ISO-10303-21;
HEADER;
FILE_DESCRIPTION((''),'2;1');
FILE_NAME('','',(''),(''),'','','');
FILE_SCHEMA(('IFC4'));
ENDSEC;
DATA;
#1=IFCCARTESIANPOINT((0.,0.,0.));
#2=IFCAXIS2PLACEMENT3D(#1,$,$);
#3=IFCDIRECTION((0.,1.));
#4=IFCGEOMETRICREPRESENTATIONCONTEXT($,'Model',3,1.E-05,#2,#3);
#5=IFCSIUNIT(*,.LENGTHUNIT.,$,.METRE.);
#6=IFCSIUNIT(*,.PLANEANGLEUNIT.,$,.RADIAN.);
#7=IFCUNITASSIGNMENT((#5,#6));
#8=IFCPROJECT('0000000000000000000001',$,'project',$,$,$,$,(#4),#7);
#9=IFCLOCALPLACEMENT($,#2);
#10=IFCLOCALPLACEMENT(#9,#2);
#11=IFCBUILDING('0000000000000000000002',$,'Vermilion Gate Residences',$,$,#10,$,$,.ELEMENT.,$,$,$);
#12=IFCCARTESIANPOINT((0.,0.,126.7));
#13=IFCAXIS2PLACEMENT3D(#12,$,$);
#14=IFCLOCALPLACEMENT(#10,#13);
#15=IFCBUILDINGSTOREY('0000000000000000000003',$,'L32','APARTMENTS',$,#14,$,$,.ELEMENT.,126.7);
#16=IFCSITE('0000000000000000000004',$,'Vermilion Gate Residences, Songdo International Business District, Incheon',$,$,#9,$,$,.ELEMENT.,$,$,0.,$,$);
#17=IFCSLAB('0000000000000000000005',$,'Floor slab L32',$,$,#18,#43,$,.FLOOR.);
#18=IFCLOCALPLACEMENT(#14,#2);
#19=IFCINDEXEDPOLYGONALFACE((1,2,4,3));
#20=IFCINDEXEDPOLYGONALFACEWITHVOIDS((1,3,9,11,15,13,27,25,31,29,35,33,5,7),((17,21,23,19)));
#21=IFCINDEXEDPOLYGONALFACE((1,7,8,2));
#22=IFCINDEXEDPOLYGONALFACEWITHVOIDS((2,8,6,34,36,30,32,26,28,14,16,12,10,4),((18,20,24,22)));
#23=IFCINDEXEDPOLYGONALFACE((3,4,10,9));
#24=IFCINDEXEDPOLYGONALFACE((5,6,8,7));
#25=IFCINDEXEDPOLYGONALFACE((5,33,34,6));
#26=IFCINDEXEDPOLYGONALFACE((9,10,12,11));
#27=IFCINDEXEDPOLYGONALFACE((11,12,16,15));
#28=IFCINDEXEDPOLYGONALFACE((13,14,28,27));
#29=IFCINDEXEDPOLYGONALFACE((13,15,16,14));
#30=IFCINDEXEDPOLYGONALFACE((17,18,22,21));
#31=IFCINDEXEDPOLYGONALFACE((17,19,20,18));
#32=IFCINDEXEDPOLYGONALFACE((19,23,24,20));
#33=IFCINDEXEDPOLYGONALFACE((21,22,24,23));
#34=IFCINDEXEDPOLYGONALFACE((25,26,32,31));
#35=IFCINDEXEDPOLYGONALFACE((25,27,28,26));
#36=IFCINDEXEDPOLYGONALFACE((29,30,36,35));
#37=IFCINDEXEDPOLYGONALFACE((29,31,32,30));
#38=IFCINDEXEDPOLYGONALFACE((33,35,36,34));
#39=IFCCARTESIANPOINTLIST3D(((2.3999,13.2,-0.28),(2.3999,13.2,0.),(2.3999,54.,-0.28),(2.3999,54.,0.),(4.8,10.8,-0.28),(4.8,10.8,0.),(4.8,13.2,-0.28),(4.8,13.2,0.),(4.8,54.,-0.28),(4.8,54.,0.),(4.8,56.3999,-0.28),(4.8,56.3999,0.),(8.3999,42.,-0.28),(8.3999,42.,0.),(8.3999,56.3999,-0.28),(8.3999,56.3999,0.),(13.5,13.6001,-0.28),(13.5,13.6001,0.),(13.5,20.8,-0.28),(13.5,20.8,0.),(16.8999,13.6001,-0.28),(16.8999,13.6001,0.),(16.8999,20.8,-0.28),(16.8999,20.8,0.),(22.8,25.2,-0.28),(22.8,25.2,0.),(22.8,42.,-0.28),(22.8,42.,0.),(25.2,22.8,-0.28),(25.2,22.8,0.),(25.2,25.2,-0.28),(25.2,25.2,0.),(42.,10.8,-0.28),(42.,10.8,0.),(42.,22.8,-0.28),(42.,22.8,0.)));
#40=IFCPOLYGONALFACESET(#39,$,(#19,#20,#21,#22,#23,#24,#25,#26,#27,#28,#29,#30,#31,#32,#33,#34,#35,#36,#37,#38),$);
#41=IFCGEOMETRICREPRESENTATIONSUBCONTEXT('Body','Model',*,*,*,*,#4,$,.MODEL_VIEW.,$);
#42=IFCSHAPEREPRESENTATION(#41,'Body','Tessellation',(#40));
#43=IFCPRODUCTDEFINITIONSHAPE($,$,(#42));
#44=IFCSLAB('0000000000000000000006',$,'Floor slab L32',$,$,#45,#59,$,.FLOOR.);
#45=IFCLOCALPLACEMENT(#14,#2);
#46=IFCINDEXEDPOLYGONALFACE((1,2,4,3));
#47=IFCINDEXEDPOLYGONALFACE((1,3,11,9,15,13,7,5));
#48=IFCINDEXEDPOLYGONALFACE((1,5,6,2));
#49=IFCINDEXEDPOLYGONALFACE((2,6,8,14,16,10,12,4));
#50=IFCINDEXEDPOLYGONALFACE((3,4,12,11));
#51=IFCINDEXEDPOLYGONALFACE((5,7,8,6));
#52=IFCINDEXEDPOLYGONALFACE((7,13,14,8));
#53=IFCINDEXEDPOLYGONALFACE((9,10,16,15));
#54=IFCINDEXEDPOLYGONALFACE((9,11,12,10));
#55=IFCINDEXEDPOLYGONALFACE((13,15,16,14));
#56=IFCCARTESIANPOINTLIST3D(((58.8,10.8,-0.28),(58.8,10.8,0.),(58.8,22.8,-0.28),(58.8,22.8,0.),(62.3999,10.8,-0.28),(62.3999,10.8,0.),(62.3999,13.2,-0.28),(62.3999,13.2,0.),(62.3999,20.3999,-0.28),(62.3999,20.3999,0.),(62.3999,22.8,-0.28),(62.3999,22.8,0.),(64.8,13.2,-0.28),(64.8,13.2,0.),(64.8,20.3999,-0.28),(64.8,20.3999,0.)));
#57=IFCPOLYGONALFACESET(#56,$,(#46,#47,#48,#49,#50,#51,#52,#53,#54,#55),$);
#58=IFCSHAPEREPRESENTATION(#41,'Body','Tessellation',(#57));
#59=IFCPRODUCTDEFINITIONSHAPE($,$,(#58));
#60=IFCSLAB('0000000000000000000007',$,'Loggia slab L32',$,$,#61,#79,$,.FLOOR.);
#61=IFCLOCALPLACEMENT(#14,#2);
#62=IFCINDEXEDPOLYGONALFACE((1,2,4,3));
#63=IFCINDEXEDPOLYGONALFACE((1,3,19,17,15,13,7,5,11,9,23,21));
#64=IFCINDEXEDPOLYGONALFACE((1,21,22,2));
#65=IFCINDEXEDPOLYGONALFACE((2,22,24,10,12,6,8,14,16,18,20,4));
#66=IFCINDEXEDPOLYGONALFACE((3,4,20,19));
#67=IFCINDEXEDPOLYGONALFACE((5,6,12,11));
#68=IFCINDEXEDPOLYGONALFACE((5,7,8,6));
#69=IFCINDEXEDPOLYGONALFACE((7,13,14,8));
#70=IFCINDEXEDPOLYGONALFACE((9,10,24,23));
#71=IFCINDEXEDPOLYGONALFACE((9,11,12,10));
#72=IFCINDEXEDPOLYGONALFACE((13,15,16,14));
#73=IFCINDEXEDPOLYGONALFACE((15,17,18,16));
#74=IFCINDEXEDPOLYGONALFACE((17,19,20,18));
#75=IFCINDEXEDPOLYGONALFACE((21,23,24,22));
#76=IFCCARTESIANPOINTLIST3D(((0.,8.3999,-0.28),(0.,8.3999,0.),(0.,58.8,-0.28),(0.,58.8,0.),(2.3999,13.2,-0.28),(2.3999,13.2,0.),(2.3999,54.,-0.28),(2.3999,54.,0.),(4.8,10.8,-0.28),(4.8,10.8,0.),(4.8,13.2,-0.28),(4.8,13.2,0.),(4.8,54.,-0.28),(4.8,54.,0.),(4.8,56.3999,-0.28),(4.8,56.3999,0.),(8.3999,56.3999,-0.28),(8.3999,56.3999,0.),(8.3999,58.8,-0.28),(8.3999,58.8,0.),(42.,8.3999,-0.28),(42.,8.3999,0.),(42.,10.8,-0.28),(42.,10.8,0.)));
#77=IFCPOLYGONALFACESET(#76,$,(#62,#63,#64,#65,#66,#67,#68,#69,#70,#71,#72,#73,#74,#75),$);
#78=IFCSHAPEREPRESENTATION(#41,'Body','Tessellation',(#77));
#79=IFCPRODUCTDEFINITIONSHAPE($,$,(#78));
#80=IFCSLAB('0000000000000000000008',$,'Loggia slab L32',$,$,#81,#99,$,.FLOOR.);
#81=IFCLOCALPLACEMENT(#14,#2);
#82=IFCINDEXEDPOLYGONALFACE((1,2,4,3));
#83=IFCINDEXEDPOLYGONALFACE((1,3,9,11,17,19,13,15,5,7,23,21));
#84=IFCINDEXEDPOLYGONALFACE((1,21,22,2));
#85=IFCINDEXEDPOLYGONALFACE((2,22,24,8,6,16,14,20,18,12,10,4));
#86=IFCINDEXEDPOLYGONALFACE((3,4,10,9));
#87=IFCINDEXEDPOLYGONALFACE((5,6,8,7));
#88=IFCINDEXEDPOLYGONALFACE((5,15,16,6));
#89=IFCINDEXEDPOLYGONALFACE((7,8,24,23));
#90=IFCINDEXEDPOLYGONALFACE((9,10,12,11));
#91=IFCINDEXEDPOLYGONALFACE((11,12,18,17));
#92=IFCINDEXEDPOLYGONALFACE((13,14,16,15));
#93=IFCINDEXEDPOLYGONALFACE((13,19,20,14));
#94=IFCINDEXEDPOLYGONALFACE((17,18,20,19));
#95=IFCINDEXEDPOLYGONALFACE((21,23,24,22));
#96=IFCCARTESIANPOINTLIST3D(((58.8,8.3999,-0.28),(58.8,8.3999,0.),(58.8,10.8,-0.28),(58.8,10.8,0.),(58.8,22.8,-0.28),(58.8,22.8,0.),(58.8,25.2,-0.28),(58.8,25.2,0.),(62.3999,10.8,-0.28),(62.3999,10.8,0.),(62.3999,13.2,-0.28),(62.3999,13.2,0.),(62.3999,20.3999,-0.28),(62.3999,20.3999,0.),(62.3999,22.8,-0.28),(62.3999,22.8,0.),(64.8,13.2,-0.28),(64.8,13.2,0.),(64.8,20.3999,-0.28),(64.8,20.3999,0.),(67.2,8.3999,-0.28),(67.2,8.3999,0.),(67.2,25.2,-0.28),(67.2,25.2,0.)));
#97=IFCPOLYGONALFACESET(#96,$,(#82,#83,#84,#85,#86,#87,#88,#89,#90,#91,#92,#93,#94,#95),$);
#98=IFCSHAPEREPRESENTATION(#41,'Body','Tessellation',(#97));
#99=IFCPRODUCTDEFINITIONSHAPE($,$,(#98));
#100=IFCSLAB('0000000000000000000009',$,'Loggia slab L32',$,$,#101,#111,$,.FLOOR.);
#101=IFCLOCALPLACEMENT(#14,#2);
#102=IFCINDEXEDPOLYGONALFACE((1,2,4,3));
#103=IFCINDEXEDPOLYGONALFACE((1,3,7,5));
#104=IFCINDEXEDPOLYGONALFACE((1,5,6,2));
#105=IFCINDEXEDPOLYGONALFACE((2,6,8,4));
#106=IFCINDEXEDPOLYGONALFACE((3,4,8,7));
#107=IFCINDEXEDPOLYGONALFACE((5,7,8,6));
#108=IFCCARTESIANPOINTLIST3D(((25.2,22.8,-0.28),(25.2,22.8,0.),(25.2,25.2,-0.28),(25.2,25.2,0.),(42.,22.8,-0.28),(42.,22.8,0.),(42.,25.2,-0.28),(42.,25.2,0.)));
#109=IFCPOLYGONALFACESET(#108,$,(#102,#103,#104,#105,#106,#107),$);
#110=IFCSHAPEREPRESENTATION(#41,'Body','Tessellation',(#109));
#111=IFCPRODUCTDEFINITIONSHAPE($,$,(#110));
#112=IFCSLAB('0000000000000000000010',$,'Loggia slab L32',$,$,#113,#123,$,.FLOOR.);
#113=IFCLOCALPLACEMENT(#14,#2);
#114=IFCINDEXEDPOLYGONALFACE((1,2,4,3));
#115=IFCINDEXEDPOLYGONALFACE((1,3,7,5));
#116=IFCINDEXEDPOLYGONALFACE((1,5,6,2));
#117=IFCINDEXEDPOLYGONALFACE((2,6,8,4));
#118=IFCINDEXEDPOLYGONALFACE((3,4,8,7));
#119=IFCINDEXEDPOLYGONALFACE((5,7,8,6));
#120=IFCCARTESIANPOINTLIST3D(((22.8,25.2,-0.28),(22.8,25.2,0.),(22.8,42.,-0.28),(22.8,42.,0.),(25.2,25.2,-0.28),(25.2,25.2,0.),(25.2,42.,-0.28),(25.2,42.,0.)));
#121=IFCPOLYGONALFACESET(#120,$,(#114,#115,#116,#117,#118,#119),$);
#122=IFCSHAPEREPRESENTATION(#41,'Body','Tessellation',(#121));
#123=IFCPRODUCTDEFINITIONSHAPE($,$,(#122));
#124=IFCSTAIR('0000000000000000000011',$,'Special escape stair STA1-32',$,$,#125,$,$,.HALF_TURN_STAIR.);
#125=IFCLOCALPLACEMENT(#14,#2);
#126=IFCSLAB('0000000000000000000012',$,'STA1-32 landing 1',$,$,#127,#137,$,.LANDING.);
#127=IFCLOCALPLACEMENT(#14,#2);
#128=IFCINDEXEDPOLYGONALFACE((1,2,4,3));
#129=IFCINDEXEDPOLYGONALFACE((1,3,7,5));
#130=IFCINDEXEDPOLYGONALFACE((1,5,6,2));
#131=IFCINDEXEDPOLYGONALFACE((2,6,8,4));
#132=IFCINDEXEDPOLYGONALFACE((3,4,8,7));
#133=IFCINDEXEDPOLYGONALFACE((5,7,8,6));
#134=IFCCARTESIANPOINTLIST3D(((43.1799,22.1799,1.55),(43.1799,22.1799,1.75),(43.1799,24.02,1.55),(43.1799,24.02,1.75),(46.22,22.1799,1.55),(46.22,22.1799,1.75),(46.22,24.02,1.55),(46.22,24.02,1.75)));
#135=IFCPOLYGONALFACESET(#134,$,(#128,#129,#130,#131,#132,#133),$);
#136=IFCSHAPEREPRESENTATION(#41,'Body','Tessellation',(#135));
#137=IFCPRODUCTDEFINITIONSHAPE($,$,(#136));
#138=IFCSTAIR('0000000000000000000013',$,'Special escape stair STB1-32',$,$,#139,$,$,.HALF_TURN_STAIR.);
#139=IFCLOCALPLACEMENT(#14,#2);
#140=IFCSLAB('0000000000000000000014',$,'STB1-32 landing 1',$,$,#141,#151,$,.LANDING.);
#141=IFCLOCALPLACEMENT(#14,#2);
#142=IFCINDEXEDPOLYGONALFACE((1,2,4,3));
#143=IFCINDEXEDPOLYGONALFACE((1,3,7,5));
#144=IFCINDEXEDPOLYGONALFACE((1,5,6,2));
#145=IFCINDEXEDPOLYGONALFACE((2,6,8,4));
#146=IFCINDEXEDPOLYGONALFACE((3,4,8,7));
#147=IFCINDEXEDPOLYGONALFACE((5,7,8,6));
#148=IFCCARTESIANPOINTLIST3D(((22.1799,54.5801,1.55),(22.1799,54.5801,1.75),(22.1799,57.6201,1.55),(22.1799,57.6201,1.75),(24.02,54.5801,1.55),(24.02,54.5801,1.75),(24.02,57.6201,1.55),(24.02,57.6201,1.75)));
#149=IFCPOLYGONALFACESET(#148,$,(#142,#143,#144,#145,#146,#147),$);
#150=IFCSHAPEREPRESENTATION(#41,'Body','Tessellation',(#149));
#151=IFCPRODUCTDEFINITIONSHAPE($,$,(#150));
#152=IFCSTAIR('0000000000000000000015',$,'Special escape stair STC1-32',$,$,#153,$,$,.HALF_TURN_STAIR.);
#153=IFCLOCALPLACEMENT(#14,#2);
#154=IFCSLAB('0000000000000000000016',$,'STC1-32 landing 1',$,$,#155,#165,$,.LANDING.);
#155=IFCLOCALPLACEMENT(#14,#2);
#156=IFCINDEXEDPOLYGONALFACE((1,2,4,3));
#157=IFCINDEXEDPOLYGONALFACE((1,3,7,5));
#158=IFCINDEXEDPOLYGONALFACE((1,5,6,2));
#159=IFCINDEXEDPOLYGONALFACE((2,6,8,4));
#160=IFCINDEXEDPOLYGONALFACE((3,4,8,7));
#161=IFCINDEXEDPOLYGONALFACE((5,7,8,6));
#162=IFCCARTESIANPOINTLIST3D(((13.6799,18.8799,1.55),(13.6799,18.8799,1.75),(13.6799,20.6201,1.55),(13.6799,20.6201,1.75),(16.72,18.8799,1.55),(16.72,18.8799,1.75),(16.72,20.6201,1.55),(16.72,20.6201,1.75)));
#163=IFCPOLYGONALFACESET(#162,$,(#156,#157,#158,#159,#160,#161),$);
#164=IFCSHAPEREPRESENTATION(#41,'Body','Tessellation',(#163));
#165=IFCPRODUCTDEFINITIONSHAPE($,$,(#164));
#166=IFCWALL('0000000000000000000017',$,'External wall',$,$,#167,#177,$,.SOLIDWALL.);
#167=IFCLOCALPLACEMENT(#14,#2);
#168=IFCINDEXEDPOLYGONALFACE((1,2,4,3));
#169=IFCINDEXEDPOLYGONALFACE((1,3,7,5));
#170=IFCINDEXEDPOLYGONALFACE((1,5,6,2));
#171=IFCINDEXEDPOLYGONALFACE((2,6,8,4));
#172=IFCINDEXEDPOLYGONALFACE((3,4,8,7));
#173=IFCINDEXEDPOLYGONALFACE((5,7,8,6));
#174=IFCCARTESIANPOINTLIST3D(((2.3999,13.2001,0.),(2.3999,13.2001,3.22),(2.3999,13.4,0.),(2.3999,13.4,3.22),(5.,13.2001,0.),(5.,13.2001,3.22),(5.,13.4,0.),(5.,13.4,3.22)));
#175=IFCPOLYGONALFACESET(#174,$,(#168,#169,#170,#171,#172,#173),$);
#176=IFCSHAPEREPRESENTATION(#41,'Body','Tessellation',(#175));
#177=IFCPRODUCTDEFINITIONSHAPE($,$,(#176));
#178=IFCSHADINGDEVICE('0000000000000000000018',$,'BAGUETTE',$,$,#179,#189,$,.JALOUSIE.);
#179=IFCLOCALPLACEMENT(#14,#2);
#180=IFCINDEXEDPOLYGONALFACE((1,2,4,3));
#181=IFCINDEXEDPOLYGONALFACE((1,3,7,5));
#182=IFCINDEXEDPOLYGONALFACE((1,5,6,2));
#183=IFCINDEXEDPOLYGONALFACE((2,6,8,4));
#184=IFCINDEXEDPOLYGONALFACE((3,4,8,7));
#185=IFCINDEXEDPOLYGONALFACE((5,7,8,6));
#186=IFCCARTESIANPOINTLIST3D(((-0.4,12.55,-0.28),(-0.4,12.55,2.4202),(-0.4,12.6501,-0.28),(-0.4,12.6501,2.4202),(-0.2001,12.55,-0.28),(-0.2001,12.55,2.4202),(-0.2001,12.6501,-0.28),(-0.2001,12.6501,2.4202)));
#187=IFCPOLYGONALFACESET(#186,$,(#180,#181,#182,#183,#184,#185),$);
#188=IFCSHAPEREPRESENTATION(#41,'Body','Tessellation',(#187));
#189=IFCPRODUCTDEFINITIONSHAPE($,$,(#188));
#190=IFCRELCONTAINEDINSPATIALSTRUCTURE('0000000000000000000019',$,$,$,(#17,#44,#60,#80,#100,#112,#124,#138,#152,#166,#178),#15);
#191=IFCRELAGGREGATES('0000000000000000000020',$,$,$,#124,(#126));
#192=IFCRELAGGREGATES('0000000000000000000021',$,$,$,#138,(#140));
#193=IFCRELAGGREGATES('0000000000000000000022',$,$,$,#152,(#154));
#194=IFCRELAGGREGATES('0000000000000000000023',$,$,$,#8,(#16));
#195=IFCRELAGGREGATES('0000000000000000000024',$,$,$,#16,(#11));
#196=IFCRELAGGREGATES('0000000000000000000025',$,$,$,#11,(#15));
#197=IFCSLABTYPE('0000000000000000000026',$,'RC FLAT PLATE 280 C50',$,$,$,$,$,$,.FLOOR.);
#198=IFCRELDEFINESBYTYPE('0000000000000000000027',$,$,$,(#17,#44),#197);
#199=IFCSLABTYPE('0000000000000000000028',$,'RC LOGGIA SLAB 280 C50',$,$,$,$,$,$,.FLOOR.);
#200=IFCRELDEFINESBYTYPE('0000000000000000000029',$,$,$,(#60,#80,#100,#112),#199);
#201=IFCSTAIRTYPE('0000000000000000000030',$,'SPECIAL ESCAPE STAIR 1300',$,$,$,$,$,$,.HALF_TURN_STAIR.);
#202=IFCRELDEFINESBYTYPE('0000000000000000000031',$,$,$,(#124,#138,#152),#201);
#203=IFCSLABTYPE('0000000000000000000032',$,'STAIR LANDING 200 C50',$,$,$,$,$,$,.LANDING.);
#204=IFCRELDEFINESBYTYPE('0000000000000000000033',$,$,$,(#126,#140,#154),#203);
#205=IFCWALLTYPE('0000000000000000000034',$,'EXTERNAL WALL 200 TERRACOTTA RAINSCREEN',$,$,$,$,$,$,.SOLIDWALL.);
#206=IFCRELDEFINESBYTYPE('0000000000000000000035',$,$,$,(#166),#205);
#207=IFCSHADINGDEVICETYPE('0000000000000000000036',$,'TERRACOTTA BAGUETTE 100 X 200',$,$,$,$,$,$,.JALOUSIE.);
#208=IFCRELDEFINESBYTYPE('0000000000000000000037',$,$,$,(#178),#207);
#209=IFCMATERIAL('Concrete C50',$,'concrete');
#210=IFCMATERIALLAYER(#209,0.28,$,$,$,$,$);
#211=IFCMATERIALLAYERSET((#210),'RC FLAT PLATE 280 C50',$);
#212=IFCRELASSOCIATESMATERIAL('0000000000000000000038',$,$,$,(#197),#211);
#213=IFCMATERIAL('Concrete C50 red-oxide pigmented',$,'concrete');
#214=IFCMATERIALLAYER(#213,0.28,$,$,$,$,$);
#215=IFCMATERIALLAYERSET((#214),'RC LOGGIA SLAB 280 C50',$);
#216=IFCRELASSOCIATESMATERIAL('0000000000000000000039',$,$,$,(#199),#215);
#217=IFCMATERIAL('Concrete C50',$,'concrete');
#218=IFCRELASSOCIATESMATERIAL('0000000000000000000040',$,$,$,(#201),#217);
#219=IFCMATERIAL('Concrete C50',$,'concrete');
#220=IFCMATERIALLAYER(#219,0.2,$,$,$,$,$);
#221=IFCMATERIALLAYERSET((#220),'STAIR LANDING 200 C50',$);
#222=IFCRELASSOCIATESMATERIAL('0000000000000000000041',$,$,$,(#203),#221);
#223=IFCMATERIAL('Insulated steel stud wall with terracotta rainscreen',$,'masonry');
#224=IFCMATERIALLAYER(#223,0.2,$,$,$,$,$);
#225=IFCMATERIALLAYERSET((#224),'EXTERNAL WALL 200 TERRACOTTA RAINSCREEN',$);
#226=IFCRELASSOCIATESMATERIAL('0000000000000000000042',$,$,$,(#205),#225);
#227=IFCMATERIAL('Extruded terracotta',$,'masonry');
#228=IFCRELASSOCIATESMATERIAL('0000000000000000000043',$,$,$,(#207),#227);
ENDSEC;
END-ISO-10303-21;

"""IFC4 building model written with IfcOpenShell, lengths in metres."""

from ifc_helpers import new_model, si_unit, direction, frame, frame_2d, origin, origin_2d, place, context, subcontext, project, spatial, polyline, rectangle, outline, extrude, material, layer, layer_set, material_profile, profile_set, type_object, element, aggregate, save


model = new_model("IFC4")

# Units and contexts
model_context = context("Model", 3, precision=1e-05, world=origin(), true_north=direction((0.0, 1.0)))
body_context = subcontext(model_context, "Body", "Model", "MODEL_VIEW")
ifc_project = project(units=[si_unit("LENGTHUNIT", "METRE"), si_unit("PLANEANGLEUNIT", "RADIAN")], contexts=[model_context])

# Site, building, storey
site_placement = place(None, origin())
site = spatial("IfcSite", under=ifc_project, at=site_placement, Name="Vermilion Gate Residences, Songdo International Business District, Incheon", CompositionType="ELEMENT", RefElevation=0.0)
building_placement = place(site_placement, origin())
building = spatial("IfcBuilding", under=site, at=building_placement, Name="Vermilion Gate Residences", CompositionType="ELEMENT")
storey_placement = place(building_placement, frame((0.0, 0.0, 126.7)))
storey = spatial("IfcBuildingStorey", under=building, at=storey_placement, Name="L32", Description="APARTMENTS", CompositionType="ELEMENT", Elevation=126.7)

# Slabs
ifc_material_1 = material(Name="Concrete C50", Category="concrete")
ifc_layer_1 = layer(ifc_material_1, 0.28)
ifc_layer_set_1 = layer_set([ifc_layer_1], Name="RC FLAT PLATE 280 C50")
slab_type_1 = type_object("IfcSlabType", Name="RC FLAT PLATE 280 C50", PredefinedType="FLOOR", material=ifc_layer_set_1)
slab_1_placement = place(storey_placement, frame((0.0, 0.0, -0.28)))
element("IfcSlab", 1, at=slab_1_placement, inside=storey, type_object=slab_type_1, Name="Floor slab L32", PredefinedType="FLOOR", context=body_context, shape_type="SweptSolid", body=[
    extrude(outline(polyline([(22.8, 25.2), (22.8, 42.0), (8.3999, 42.0), (8.3999, 56.3999), (4.8, 56.3999), (4.8, 54.0), (2.3999, 54.0), (2.3999, 13.2), (4.8, 13.2), (4.8, 10.8), (42.0, 10.8), (42.0, 22.8), (25.2, 22.8), (25.2, 25.2), (22.8, 25.2)]), holes=[polyline([(13.5, 13.6001), (13.5, 20.8), (16.8999, 20.8), (16.8999, 13.6001), (13.5, 13.6001)])]), origin(), (0.0, 0.0, 1.0), 0.28),
])
slab_2_placement = place(storey_placement, frame((0.0, 0.0, -0.28)))
element("IfcSlab", 2, at=slab_2_placement, inside=storey, type_object=slab_type_1, Name="Floor slab L32", PredefinedType="FLOOR", context=body_context, shape_type="SweptSolid", body=[
    extrude(outline(polyline([(58.8, 22.8), (58.8, 10.8), (62.3999, 10.8), (62.3999, 13.2), (64.8, 13.2), (64.8, 20.3999), (62.3999, 20.3999), (62.3999, 22.8), (58.8, 22.8)])), origin(), (0.0, 0.0, 1.0), 0.28),
])
ifc_material_2 = material(Name="Concrete C50 red-oxide pigmented", Category="concrete")
ifc_layer_2 = layer(ifc_material_2, 0.28)
ifc_layer_set_2 = layer_set([ifc_layer_2], Name="RC LOGGIA SLAB 280 C50")
slab_type_2 = type_object("IfcSlabType", Name="RC LOGGIA SLAB 280 C50", PredefinedType="FLOOR", material=ifc_layer_set_2)
slab_3_placement = place(storey_placement, frame((0.0, 0.0, -0.28)))
element("IfcSlab", 3, at=slab_3_placement, inside=storey, type_object=slab_type_2, Name="Loggia slab L32", PredefinedType="FLOOR", context=body_context, shape_type="SweptSolid", body=[
    extrude(outline(polyline([(0.0, 58.8), (0.0, 8.3999), (42.0, 8.3999), (42.0, 10.8), (4.8, 10.8), (4.8, 13.2), (2.3999, 13.2), (2.3999, 54.0), (4.8, 54.0), (4.8, 56.3999), (8.3999, 56.3999), (8.3999, 58.8), (0.0, 58.8)])), origin(), (0.0, 0.0, 1.0), 0.28),
])
slab_4_placement = place(storey_placement, frame((0.0, 0.0, -0.28)))
element("IfcSlab", 4, at=slab_4_placement, inside=storey, type_object=slab_type_2, Name="Loggia slab L32", PredefinedType="FLOOR", context=body_context, shape_type="SweptSolid", body=[
    extrude(outline(polyline([(64.8, 20.3999), (64.8, 13.2), (62.3999, 13.2), (62.3999, 10.8), (58.8, 10.8), (58.8, 8.3999), (67.2, 8.3999), (67.2, 25.2), (58.8, 25.2), (58.8, 22.8), (62.3999, 22.8), (62.3999, 20.3999), (64.8, 20.3999)])), origin(), (0.0, 0.0, 1.0), 0.28),
])
slab_5_placement = place(storey_placement, frame((0.0, 0.0, -0.28)))
element("IfcSlab", 5, at=slab_5_placement, inside=storey, type_object=slab_type_2, Name="Loggia slab L32", PredefinedType="FLOOR", context=body_context, shape_type="SweptSolid", body=[
    extrude(outline(polyline([(25.2, 22.8), (42.0, 22.8), (42.0, 25.2), (25.2, 25.2), (25.2, 22.8)])), origin(), (0.0, 0.0, 1.0), 0.28),
])
slab_6_placement = place(storey_placement, frame((0.0, 0.0, -0.28)))
element("IfcSlab", 6, at=slab_6_placement, inside=storey, type_object=slab_type_2, Name="Loggia slab L32", PredefinedType="FLOOR", context=body_context, shape_type="SweptSolid", body=[
    extrude(outline(polyline([(25.2, 25.2), (25.2, 42.0), (22.8, 42.0), (22.8, 25.2), (25.2, 25.2)])), origin(), (0.0, 0.0, 1.0), 0.28),
])

# Stairs, slabs
ifc_material_3 = material(Name="Concrete C50", Category="concrete")
stair_type = type_object("IfcStairType", Name="SPECIAL ESCAPE STAIR 1300", PredefinedType="HALF_TURN_STAIR", material=ifc_material_3)
stair_1_placement = place(storey_placement, origin())
stair_1 = element("IfcStair", 7, at=stair_1_placement, inside=storey, type_object=stair_type, Name="Special escape stair STA1-32", PredefinedType="HALF_TURN_STAIR")
ifc_material_4 = material(Name="Concrete C50", Category="concrete")
ifc_layer_3 = layer(ifc_material_4, 0.2)
ifc_layer_set_3 = layer_set([ifc_layer_3], Name="STAIR LANDING 200 C50")
slab_type_3 = type_object("IfcSlabType", Name="STAIR LANDING 200 C50", PredefinedType="LANDING", material=ifc_layer_set_3)
slab_7_placement = place(storey_placement, frame((0.0, 0.0, 1.55)))
slab_7 = element("IfcSlab", 8, at=slab_7_placement, type_object=slab_type_3, Name="STA1-32 landing 1", PredefinedType="LANDING", context=body_context, shape_type="SweptSolid", body=[
    extrude(outline(polyline([(46.22, 22.1799), (46.22, 24.02), (43.1799, 24.02), (43.1799, 22.1799), (46.22, 22.1799)])), origin(), (0.0, 0.0, 1.0), 0.2),
])
aggregate(stair_1, [slab_7])
stair_2_placement = place(storey_placement, origin())
stair_2 = element("IfcStair", 9, at=stair_2_placement, inside=storey, type_object=stair_type, Name="Special escape stair STB1-32", PredefinedType="HALF_TURN_STAIR")
slab_8_placement = place(storey_placement, frame((0.0, 0.0, 1.55)))
slab_8 = element("IfcSlab", 10, at=slab_8_placement, type_object=slab_type_3, Name="STB1-32 landing 1", PredefinedType="LANDING", context=body_context, shape_type="SweptSolid", body=[
    extrude(outline(polyline([(24.02, 54.5801), (24.02, 57.6201), (22.1799, 57.6201), (22.1799, 54.5801), (24.02, 54.5801)])), origin(), (0.0, 0.0, 1.0), 0.2),
])
aggregate(stair_2, [slab_8])
stair_3_placement = place(storey_placement, origin())
stair_3 = element("IfcStair", 11, at=stair_3_placement, inside=storey, type_object=stair_type, Name="Special escape stair STC1-32", PredefinedType="HALF_TURN_STAIR")
slab_9_placement = place(storey_placement, frame((0.0, 0.0, 1.55)))
slab_9 = element("IfcSlab", 12, at=slab_9_placement, type_object=slab_type_3, Name="STC1-32 landing 1", PredefinedType="LANDING", context=body_context, shape_type="SweptSolid", body=[
    extrude(outline(polyline([(16.72, 18.8799), (16.72, 20.6201), (13.6799, 20.6201), (13.6799, 18.8799), (16.72, 18.8799)])), origin(), (0.0, 0.0, 1.0), 0.2),
])
aggregate(stair_3, [slab_9])

# Wall
ifc_material_5 = material(Name="Insulated steel stud wall with terracotta rainscreen", Category="masonry")
ifc_layer_4 = layer(ifc_material_5, 0.2)
ifc_layer_set_4 = layer_set([ifc_layer_4], Name="EXTERNAL WALL 200 TERRACOTTA RAINSCREEN")
wall_type = type_object("IfcWallType", Name="EXTERNAL WALL 200 TERRACOTTA RAINSCREEN", PredefinedType="SOLIDWALL", material=ifc_layer_set_4)
wall_placement = place(storey_placement, frame((2.3999, 13.3, 0.0), z_axis=(0.0, 0.0, 1.0), x_axis=(1.0, 0.0, 0.0)))
element("IfcWall", 13, at=wall_placement, inside=storey, type_object=wall_type, Name="External wall", PredefinedType="SOLIDWALL", context=body_context, shape_type="SweptSolid", body=[
    extrude(rectangle(XDim=2.6001, YDim=0.2, at=frame_2d((1.3, 0.0))), origin(), (0.0, 0.0, 1.0), 3.22),
])

# Shading device
ifc_material_6 = material(Name="Extruded terracotta", Category="masonry")
ifc_material_profile_1 = material_profile(ifc_material_6, rectangle(XDim=0.2, YDim=0.1001, at=origin_2d()), Name="BAGUETTE 100 X 200")
ifc_profile_set_1 = profile_set([ifc_material_profile_1], Name="Extruded terracotta")
shading_device_type = type_object("IfcShadingDeviceType", Name="TERRACOTTA BAGUETTE 100 X 200", PredefinedType="JALOUSIE", material=ifc_profile_set_1)
shading_device_placement = place(storey_placement, frame((-0.3, 12.6001, -0.28), z_axis=(0.0, 0.0, 1.0), x_axis=(1.0, 0.0, 0.0)))
element("IfcShadingDevice", 14, at=shading_device_placement, inside=storey, type_object=shading_device_type, Name="BAGUETTE", PredefinedType="JALOUSIE", context=body_context, shape_type="SweptSolid", body=[
    extrude(rectangle(XDim=0.2, YDim=0.1001, at=origin_2d()), origin(), (0.0, 0.0, 1.0), 2.7002),
])

save(model, "model.ifc")
